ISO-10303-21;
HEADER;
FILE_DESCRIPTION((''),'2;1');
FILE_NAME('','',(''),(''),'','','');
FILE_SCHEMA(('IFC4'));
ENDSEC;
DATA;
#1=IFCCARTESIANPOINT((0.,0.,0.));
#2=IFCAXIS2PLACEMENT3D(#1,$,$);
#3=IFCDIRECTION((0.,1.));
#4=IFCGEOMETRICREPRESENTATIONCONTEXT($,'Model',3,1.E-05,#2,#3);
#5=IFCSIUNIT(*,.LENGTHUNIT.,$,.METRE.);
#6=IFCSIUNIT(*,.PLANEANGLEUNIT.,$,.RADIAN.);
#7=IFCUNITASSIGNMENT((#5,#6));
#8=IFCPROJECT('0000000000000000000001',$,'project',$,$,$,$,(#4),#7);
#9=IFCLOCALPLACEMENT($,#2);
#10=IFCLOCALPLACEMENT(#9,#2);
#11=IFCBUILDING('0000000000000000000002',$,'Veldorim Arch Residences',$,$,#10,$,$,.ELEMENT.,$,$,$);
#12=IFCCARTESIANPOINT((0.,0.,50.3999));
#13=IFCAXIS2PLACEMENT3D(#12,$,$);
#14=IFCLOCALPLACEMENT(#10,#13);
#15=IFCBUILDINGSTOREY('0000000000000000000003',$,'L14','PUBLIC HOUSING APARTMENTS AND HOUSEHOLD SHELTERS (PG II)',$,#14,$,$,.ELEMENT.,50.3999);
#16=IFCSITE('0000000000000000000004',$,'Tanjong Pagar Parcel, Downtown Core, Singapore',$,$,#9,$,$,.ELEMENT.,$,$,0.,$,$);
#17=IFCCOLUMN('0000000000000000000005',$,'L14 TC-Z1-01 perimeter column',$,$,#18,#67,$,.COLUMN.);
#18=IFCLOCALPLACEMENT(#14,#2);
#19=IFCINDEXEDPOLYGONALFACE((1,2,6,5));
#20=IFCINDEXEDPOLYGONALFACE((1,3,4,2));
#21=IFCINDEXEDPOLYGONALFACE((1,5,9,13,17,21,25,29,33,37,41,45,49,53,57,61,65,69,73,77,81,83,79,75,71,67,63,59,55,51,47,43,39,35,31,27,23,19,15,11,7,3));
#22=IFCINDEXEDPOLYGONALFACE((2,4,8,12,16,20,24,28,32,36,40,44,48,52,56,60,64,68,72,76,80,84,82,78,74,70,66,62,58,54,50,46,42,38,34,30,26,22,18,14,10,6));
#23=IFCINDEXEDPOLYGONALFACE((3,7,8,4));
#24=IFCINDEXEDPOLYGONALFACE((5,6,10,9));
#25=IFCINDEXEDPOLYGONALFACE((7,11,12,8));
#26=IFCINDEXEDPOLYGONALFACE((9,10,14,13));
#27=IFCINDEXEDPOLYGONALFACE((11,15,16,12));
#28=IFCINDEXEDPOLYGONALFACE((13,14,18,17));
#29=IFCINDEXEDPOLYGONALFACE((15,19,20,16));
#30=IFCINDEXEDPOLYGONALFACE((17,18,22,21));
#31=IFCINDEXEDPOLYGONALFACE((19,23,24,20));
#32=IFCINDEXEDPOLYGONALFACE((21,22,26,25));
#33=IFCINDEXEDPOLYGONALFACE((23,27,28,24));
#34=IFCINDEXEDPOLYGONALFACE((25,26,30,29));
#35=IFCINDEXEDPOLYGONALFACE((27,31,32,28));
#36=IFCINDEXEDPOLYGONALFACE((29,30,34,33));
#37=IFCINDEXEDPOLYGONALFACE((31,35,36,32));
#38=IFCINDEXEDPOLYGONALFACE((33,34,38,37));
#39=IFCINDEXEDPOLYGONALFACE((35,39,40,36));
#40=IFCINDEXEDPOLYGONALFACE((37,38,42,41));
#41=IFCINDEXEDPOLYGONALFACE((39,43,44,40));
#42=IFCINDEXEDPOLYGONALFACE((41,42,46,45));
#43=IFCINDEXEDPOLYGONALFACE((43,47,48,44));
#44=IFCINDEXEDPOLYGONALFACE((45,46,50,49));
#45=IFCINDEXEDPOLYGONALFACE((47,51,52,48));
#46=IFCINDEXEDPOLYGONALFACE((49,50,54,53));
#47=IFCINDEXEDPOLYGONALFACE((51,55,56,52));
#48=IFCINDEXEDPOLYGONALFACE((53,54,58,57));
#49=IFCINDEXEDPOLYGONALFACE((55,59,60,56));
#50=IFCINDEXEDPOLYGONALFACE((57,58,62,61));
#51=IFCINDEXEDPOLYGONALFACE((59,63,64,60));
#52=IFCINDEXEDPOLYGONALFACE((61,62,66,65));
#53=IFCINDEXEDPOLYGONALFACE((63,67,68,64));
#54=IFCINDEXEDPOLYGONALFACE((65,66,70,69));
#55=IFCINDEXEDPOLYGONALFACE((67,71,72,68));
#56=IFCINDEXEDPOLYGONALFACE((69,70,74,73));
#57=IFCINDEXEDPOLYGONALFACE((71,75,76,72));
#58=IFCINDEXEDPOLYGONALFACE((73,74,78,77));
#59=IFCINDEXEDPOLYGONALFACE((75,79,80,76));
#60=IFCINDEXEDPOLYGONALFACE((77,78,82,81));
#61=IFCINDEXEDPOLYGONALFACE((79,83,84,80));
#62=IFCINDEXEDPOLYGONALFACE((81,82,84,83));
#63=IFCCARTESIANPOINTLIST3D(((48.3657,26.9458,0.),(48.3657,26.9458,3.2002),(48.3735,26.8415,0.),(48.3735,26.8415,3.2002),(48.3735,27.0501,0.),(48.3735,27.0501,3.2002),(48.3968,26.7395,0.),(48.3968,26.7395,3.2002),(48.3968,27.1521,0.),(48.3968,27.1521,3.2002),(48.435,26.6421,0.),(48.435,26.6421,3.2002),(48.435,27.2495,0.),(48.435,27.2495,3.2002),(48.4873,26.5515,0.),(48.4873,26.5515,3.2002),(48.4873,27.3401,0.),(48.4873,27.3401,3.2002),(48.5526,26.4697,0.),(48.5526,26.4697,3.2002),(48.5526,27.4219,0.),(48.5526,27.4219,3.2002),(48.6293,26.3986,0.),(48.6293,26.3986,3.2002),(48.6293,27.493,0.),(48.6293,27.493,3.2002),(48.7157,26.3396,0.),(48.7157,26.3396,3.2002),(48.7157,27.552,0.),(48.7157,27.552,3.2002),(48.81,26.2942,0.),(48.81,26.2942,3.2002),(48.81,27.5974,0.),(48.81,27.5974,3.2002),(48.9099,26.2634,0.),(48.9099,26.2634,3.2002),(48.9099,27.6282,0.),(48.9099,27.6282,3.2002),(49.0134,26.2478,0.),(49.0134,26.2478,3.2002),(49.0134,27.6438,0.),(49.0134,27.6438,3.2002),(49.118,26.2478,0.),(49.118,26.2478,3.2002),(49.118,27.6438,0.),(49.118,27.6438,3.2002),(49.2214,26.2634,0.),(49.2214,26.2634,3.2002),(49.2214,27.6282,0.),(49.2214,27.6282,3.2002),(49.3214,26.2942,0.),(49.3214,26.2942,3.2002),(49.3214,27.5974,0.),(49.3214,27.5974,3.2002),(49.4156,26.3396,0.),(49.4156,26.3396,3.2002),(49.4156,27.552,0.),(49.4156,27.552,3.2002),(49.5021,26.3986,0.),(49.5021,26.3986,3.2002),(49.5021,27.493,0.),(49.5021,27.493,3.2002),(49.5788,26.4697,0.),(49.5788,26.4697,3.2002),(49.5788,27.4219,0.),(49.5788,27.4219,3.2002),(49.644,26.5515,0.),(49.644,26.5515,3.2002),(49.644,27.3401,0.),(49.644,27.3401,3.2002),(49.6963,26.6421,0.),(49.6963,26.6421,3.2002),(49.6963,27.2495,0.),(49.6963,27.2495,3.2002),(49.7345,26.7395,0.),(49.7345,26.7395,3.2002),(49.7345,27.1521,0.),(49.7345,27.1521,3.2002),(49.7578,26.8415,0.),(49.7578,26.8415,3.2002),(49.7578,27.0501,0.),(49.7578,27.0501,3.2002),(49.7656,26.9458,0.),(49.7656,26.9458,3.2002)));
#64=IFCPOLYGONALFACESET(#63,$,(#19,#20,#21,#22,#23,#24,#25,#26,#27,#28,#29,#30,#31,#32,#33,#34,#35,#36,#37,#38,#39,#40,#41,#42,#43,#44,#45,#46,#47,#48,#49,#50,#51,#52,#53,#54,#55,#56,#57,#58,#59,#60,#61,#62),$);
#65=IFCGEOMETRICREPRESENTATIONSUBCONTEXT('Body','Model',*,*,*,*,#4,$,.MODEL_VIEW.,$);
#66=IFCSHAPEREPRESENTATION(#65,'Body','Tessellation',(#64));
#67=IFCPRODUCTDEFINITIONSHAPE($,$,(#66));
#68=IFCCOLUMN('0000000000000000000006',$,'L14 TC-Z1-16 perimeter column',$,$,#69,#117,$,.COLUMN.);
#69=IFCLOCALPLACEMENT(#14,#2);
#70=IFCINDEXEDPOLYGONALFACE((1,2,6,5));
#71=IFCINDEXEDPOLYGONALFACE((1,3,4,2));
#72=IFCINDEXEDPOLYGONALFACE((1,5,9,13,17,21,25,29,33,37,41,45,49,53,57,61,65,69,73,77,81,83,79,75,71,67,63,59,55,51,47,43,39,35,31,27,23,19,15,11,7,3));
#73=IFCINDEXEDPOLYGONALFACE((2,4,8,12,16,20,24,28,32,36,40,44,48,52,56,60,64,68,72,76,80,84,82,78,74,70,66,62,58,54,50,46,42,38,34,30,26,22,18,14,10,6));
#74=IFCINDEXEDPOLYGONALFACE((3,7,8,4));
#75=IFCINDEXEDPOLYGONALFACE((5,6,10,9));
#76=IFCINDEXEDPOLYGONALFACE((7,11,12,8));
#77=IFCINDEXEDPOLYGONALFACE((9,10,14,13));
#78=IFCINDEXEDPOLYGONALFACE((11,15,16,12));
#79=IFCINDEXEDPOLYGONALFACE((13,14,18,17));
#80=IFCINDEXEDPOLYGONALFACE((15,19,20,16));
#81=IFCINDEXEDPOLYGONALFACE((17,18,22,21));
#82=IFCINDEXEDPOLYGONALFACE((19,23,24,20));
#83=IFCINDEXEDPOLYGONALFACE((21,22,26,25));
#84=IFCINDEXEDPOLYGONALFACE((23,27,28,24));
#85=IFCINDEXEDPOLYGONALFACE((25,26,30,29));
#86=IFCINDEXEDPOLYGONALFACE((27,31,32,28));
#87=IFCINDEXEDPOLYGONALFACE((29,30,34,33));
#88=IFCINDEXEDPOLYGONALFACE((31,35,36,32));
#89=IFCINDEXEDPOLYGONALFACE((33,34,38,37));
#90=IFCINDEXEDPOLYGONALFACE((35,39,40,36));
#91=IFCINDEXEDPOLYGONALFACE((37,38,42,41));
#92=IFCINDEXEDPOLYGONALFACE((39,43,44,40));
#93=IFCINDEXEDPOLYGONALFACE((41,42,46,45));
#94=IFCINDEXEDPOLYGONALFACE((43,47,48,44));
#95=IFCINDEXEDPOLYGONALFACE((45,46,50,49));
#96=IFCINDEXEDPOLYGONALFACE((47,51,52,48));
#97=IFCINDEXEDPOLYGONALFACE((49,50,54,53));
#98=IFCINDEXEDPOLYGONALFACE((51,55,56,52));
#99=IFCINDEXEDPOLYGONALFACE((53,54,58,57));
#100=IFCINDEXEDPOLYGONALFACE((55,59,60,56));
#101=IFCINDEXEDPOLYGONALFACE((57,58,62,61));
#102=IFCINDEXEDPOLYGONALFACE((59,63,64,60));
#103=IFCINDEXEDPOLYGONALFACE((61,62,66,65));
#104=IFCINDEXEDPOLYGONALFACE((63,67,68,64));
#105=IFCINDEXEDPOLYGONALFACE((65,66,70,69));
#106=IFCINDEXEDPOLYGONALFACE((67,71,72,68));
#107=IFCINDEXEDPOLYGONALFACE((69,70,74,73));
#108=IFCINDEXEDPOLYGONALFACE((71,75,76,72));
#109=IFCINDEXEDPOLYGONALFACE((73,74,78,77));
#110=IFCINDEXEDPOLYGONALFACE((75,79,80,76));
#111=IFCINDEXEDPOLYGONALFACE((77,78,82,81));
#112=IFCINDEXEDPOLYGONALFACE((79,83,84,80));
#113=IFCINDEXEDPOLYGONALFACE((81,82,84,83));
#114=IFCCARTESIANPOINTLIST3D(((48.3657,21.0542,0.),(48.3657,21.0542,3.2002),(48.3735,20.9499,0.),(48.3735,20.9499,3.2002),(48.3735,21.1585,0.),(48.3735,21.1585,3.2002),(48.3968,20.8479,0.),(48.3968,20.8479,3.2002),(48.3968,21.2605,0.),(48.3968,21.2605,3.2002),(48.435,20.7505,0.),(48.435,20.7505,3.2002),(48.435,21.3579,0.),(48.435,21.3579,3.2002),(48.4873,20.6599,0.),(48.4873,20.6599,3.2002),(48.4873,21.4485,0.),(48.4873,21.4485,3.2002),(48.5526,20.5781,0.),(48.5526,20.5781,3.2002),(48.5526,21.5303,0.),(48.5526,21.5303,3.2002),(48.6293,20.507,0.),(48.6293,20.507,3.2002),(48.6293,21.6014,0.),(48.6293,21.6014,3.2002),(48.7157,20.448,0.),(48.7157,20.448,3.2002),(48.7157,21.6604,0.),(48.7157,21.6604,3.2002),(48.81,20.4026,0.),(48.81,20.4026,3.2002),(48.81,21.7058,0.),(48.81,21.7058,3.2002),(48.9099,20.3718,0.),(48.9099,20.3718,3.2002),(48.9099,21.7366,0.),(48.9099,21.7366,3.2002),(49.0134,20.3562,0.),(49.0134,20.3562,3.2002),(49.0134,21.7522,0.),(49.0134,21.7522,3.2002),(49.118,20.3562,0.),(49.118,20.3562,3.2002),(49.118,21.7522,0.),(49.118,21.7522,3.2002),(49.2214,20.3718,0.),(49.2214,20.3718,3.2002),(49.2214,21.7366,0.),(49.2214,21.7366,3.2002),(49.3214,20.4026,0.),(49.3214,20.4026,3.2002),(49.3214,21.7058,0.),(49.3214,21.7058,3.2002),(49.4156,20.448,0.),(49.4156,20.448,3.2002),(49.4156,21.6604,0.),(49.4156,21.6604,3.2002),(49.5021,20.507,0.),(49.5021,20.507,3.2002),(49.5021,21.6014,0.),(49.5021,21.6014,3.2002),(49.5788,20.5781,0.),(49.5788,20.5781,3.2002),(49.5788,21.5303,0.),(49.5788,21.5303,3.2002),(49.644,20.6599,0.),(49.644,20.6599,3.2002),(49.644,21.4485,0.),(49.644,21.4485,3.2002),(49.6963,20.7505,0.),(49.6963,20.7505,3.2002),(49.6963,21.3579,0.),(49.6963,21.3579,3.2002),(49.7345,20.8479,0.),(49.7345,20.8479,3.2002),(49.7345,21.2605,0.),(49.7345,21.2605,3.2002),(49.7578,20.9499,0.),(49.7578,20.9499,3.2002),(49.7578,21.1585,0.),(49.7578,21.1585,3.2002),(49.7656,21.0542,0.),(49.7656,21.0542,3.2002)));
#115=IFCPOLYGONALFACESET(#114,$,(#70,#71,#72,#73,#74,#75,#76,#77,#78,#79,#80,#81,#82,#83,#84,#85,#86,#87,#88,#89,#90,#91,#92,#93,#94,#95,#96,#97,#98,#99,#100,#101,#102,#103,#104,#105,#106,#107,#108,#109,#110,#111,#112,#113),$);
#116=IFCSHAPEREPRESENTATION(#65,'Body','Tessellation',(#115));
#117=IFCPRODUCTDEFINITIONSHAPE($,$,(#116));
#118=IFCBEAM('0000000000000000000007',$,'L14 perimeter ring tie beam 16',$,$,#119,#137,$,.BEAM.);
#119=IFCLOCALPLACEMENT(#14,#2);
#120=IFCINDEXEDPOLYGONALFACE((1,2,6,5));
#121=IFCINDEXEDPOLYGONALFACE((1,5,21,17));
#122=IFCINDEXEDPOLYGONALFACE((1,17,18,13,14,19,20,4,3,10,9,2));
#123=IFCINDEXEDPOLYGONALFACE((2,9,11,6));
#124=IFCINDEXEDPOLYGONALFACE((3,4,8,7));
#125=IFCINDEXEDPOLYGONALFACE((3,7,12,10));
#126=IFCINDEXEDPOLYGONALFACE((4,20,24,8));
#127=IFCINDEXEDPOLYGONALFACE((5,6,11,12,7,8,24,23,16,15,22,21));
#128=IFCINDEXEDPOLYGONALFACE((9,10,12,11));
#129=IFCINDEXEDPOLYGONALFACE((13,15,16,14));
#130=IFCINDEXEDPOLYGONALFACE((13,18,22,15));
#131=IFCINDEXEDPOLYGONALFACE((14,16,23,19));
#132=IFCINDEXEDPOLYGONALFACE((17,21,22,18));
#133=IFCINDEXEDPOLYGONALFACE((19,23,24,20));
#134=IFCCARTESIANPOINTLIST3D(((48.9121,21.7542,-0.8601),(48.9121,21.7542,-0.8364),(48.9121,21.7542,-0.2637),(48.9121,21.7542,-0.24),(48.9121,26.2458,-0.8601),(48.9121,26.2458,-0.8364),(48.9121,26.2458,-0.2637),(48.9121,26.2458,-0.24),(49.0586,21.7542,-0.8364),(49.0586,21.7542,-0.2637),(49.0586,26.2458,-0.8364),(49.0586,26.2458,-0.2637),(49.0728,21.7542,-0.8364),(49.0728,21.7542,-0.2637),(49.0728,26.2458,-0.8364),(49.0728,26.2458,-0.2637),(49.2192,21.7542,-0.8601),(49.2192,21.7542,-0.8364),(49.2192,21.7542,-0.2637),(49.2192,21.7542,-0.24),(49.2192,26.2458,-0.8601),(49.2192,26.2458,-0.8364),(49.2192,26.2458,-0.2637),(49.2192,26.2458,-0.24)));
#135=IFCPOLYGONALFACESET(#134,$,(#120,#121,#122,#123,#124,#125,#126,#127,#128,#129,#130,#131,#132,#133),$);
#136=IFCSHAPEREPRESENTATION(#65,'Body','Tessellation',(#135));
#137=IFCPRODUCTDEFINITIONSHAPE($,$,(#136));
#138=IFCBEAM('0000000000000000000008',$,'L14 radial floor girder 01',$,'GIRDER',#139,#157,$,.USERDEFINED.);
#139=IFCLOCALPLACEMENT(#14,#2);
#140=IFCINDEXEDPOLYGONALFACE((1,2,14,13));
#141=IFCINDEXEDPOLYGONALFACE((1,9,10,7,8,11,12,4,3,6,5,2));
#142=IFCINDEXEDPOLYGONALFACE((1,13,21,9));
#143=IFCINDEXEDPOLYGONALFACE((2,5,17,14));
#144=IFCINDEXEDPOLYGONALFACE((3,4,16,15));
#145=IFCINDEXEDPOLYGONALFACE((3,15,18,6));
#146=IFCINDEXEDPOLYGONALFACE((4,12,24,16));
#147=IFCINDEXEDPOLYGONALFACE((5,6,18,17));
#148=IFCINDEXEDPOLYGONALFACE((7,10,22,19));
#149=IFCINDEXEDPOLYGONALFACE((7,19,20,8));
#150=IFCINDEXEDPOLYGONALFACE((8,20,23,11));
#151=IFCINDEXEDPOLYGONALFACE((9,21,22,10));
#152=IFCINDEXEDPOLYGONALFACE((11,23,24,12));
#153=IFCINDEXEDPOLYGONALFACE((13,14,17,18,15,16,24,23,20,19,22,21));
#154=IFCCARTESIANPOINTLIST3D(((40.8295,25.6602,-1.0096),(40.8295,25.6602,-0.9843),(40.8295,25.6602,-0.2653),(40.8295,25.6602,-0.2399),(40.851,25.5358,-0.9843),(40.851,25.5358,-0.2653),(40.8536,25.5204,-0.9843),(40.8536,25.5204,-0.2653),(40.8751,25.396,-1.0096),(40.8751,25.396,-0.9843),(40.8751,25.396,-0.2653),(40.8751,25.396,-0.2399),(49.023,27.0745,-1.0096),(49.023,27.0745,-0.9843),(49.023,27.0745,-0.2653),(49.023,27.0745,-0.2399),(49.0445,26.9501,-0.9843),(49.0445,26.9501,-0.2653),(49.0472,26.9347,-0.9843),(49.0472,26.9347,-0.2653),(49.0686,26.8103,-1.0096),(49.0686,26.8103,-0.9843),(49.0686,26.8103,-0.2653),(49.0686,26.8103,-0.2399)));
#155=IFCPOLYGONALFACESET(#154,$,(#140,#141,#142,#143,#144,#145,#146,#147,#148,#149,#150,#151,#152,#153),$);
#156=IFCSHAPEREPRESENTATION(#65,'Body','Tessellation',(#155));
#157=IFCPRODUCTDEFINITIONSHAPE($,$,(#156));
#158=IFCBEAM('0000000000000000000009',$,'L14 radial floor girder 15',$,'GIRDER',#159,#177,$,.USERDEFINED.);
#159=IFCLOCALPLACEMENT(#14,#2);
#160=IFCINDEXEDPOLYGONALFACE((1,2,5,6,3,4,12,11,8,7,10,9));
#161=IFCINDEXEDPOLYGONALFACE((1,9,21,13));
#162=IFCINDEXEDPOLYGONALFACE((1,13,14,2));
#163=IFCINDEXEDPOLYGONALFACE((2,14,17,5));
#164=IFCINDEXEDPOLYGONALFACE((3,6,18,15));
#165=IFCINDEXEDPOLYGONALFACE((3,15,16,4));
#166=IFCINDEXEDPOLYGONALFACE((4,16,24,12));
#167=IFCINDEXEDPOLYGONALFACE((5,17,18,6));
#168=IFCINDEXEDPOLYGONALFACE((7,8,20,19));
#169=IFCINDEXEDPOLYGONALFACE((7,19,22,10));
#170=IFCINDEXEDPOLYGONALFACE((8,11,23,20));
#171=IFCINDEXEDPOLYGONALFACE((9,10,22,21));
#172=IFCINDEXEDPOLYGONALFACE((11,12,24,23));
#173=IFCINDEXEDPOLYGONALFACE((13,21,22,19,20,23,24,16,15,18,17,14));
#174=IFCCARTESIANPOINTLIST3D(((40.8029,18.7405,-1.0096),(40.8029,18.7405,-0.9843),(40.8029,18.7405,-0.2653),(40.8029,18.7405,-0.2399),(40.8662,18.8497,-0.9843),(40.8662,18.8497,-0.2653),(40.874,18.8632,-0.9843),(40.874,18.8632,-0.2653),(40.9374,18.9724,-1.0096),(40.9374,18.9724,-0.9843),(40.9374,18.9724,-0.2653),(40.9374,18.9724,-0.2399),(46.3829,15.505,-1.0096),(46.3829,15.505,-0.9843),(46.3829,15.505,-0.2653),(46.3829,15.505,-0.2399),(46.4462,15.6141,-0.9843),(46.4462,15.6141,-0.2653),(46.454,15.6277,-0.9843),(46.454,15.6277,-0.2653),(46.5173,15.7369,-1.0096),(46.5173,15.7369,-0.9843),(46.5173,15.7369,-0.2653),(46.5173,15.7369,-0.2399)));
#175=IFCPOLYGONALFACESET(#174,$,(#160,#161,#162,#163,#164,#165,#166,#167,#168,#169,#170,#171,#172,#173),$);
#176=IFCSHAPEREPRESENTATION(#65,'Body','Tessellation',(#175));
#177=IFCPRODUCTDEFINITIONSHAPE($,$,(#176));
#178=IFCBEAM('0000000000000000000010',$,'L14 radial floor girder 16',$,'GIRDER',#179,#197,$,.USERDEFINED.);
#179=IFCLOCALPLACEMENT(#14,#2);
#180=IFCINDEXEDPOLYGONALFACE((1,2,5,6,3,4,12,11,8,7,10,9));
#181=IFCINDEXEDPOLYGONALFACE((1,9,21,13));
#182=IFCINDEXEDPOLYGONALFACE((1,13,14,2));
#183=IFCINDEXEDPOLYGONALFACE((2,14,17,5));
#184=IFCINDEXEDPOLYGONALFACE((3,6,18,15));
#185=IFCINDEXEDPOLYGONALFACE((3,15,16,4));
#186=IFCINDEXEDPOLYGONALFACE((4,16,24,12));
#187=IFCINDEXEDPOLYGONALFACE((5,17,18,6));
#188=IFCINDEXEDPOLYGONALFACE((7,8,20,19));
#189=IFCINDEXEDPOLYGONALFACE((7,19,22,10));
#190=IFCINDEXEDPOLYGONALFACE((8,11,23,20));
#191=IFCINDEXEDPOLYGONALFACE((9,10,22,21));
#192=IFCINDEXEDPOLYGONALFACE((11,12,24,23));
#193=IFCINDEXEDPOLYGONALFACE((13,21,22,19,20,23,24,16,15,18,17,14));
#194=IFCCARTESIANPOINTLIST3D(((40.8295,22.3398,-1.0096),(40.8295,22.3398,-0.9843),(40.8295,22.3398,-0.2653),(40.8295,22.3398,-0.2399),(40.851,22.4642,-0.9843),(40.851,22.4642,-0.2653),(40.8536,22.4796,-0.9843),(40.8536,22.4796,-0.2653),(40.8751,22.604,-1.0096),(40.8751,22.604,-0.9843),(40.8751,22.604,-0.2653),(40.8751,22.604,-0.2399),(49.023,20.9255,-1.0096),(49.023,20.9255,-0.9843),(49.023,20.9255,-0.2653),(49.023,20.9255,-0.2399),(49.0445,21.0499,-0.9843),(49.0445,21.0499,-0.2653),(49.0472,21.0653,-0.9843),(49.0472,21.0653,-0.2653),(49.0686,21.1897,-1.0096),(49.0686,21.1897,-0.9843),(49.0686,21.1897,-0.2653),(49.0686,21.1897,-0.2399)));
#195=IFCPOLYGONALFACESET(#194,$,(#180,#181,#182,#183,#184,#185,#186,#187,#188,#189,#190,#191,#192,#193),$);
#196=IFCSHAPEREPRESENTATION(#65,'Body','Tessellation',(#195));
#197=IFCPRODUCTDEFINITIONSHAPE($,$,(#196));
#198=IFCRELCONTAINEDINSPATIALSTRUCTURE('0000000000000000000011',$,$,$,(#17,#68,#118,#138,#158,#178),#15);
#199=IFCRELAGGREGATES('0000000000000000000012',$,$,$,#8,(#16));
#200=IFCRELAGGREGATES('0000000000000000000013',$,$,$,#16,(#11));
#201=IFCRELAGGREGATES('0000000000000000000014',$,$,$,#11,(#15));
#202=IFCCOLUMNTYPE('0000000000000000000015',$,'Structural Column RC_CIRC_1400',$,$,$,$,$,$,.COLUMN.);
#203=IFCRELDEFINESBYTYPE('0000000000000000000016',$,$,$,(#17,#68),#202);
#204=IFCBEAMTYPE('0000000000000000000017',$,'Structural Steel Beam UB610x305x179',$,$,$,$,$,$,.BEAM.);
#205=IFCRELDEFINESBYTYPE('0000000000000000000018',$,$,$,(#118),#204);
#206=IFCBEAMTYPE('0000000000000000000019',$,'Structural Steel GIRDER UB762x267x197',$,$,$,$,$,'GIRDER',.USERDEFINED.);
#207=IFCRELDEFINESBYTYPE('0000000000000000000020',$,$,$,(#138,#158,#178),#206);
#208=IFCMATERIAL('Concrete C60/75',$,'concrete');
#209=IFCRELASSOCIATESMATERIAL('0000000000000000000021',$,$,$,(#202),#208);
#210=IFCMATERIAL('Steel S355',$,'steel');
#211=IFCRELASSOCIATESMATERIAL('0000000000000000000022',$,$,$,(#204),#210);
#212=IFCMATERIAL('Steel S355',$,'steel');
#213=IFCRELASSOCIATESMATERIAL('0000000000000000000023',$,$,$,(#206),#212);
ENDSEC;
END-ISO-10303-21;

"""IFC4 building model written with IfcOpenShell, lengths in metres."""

from ifc_helpers import new_model, si_unit, direction, frame, origin, origin_2d, place, context, subcontext, project, spatial, circle, i_section, extrude, material, material_profile, profile_set, type_object, element, save


model = new_model("IFC4")

# Units and contexts
model_context = context("Model", 3, precision=1e-05, world=origin(), true_north=direction((0.0, 1.0)))
body_context = subcontext(model_context, "Body", "Model", "MODEL_VIEW")
ifc_project = project(units=[si_unit("LENGTHUNIT", "METRE"), si_unit("PLANEANGLEUNIT", "RADIAN")], contexts=[model_context])

# Site, building, storey
site_placement = place(None, origin())
site = spatial("IfcSite", under=ifc_project, at=site_placement, Name="Tanjong Pagar Parcel, Downtown Core, Singapore", CompositionType="ELEMENT", RefElevation=0.0)
building_placement = place(site_placement, origin())
building = spatial("IfcBuilding", under=site, at=building_placement, Name="Veldorim Arch Residences", CompositionType="ELEMENT")
storey_placement = place(building_placement, frame((0.0, 0.0, 50.3999)))
storey = spatial("IfcBuildingStorey", under=building, at=storey_placement, Name="L14", Description="PUBLIC HOUSING APARTMENTS AND HOUSEHOLD SHELTERS (PG II)", CompositionType="ELEMENT", Elevation=50.3999)

# Columns
ifc_material_1 = material(Name="Concrete C60/75", Category="concrete")
ifc_material_profile_1 = material_profile(ifc_material_1, circle(Radius=0.7, at=origin_2d()), Name="RC_CIRC_1400")
ifc_profile_set_1 = profile_set([ifc_material_profile_1], Name="Concrete C60/75")
column_type = type_object("IfcColumnType", Name="Structural Column RC_CIRC_1400", PredefinedType="COLUMN", material=ifc_profile_set_1)
for number, where, z_axis, x_axis, name in (
    (1, (49.0657, 26.9458, 0.0), (0.0, 0.0, 1.0), (1.0, 0.0, 0.0), "L14 TC-Z1-01 perimeter column"),
    (2, (49.0657, 21.0542, 0.0), (0.0, 0.0, 1.0), (1.0, 0.0, 0.0), "L14 TC-Z1-16 perimeter column"),
):
    element("IfcColumn", number, at=place(storey_placement, frame(where, z_axis=z_axis, x_axis=x_axis)), inside=storey, type_object=column_type, Name=name, PredefinedType="COLUMN", context=body_context, shape_type="SweptSolid", body=[
        extrude(circle(Radius=0.7, at=origin_2d()), origin(), (0.0, 0.0, 1.0), 3.2002),
    ])

# Beams
ifc_material_2 = material(Name="Steel S355", Category="steel")
ifc_material_profile_2 = material_profile(ifc_material_2, i_section(OverallWidth=0.3071, OverallDepth=0.6201, WebThickness=0.0142, FlangeThickness=0.0237, at=origin_2d()), Name="UB610x305x179")
ifc_profile_set_2 = profile_set([ifc_material_profile_2], Name="Steel S355")
beam_type_1 = type_object("IfcBeamType", Name="Structural Steel Beam UB610x305x179", PredefinedType="BEAM", material=ifc_profile_set_2)
beam_1_placement = place(storey_placement, frame((49.0657, 21.7542, -0.55), z_axis=(0.0, 1.0, 0.0), x_axis=(-1.0, 0.0, 0.0)))
element("IfcBeam", 3, at=beam_1_placement, inside=storey, type_object=beam_type_1, Name="L14 perimeter ring tie beam 16", PredefinedType="BEAM", context=body_context, shape_type="SweptSolid", body=[
    extrude(i_section(OverallWidth=0.3071, OverallDepth=0.6201, WebThickness=0.0142, FlangeThickness=0.0237, at=origin_2d()), origin(), (0.0, 0.0, 1.0), 4.4917),
])
ifc_material_3 = material(Name="Steel S355", Category="steel")
ifc_material_profile_3 = material_profile(ifc_material_3, i_section(OverallWidth=0.2681, OverallDepth=0.7698, WebThickness=0.0156, FlangeThickness=0.0254, at=origin_2d()), Name="UB762x267x197")
ifc_profile_set_3 = profile_set([ifc_material_profile_3], Name="Steel S355")
beam_type_2 = type_object("IfcBeamType", Name="Structural Steel GIRDER UB762x267x197", ElementType="GIRDER", PredefinedType="USERDEFINED", material=ifc_profile_set_3)
beam_2_placement = place(storey_placement, frame((40.8523, 25.5281, -0.6248), z_axis=(0.985428, 0.170096, 0.0), x_axis=(-0.170096, 0.985428, 0.0)))
element("IfcBeam", 4, at=beam_2_placement, inside=storey, type_object=beam_type_2, Name="L14 radial floor girder 01", ObjectType="GIRDER", PredefinedType="USERDEFINED", context=body_context, shape_type="SweptSolid", body=[
    extrude(i_section(OverallWidth=0.2681, OverallDepth=0.7698, WebThickness=0.0156, FlangeThickness=0.0254, at=origin_2d()), origin(), (0.0, 0.0, 1.0), 8.3147),
])
beam_3_placement = place(storey_placement, frame((40.8701, 18.8564, -0.6248), z_axis=(0.865088, -0.50162, 0.0), x_axis=(0.50162, 0.865088, 0.0)))
element("IfcBeam", 5, at=beam_3_placement, inside=storey, type_object=beam_type_2, Name="L14 radial floor girder 15", ObjectType="GIRDER", PredefinedType="USERDEFINED", context=body_context, shape_type="SweptSolid", body=[
    extrude(i_section(OverallWidth=0.2681, OverallDepth=0.7698, WebThickness=0.0156, FlangeThickness=0.0254, at=origin_2d()), origin(), (0.0, 0.0, 1.0), 6.4502),
])
beam_4_placement = place(storey_placement, frame((40.8523, 22.4719, -0.6248), z_axis=(0.985428, -0.170096, 0.0), x_axis=(0.170096, 0.985428, 0.0)))
element("IfcBeam", 6, at=beam_4_placement, inside=storey, type_object=beam_type_2, Name="L14 radial floor girder 16", ObjectType="GIRDER", PredefinedType="USERDEFINED", context=body_context, shape_type="SweptSolid", body=[
    extrude(i_section(OverallWidth=0.2681, OverallDepth=0.7698, WebThickness=0.0156, FlangeThickness=0.0254, at=origin_2d()), origin(), (0.0, 0.0, 1.0), 8.3147),
])

save(model, "model.ifc")
